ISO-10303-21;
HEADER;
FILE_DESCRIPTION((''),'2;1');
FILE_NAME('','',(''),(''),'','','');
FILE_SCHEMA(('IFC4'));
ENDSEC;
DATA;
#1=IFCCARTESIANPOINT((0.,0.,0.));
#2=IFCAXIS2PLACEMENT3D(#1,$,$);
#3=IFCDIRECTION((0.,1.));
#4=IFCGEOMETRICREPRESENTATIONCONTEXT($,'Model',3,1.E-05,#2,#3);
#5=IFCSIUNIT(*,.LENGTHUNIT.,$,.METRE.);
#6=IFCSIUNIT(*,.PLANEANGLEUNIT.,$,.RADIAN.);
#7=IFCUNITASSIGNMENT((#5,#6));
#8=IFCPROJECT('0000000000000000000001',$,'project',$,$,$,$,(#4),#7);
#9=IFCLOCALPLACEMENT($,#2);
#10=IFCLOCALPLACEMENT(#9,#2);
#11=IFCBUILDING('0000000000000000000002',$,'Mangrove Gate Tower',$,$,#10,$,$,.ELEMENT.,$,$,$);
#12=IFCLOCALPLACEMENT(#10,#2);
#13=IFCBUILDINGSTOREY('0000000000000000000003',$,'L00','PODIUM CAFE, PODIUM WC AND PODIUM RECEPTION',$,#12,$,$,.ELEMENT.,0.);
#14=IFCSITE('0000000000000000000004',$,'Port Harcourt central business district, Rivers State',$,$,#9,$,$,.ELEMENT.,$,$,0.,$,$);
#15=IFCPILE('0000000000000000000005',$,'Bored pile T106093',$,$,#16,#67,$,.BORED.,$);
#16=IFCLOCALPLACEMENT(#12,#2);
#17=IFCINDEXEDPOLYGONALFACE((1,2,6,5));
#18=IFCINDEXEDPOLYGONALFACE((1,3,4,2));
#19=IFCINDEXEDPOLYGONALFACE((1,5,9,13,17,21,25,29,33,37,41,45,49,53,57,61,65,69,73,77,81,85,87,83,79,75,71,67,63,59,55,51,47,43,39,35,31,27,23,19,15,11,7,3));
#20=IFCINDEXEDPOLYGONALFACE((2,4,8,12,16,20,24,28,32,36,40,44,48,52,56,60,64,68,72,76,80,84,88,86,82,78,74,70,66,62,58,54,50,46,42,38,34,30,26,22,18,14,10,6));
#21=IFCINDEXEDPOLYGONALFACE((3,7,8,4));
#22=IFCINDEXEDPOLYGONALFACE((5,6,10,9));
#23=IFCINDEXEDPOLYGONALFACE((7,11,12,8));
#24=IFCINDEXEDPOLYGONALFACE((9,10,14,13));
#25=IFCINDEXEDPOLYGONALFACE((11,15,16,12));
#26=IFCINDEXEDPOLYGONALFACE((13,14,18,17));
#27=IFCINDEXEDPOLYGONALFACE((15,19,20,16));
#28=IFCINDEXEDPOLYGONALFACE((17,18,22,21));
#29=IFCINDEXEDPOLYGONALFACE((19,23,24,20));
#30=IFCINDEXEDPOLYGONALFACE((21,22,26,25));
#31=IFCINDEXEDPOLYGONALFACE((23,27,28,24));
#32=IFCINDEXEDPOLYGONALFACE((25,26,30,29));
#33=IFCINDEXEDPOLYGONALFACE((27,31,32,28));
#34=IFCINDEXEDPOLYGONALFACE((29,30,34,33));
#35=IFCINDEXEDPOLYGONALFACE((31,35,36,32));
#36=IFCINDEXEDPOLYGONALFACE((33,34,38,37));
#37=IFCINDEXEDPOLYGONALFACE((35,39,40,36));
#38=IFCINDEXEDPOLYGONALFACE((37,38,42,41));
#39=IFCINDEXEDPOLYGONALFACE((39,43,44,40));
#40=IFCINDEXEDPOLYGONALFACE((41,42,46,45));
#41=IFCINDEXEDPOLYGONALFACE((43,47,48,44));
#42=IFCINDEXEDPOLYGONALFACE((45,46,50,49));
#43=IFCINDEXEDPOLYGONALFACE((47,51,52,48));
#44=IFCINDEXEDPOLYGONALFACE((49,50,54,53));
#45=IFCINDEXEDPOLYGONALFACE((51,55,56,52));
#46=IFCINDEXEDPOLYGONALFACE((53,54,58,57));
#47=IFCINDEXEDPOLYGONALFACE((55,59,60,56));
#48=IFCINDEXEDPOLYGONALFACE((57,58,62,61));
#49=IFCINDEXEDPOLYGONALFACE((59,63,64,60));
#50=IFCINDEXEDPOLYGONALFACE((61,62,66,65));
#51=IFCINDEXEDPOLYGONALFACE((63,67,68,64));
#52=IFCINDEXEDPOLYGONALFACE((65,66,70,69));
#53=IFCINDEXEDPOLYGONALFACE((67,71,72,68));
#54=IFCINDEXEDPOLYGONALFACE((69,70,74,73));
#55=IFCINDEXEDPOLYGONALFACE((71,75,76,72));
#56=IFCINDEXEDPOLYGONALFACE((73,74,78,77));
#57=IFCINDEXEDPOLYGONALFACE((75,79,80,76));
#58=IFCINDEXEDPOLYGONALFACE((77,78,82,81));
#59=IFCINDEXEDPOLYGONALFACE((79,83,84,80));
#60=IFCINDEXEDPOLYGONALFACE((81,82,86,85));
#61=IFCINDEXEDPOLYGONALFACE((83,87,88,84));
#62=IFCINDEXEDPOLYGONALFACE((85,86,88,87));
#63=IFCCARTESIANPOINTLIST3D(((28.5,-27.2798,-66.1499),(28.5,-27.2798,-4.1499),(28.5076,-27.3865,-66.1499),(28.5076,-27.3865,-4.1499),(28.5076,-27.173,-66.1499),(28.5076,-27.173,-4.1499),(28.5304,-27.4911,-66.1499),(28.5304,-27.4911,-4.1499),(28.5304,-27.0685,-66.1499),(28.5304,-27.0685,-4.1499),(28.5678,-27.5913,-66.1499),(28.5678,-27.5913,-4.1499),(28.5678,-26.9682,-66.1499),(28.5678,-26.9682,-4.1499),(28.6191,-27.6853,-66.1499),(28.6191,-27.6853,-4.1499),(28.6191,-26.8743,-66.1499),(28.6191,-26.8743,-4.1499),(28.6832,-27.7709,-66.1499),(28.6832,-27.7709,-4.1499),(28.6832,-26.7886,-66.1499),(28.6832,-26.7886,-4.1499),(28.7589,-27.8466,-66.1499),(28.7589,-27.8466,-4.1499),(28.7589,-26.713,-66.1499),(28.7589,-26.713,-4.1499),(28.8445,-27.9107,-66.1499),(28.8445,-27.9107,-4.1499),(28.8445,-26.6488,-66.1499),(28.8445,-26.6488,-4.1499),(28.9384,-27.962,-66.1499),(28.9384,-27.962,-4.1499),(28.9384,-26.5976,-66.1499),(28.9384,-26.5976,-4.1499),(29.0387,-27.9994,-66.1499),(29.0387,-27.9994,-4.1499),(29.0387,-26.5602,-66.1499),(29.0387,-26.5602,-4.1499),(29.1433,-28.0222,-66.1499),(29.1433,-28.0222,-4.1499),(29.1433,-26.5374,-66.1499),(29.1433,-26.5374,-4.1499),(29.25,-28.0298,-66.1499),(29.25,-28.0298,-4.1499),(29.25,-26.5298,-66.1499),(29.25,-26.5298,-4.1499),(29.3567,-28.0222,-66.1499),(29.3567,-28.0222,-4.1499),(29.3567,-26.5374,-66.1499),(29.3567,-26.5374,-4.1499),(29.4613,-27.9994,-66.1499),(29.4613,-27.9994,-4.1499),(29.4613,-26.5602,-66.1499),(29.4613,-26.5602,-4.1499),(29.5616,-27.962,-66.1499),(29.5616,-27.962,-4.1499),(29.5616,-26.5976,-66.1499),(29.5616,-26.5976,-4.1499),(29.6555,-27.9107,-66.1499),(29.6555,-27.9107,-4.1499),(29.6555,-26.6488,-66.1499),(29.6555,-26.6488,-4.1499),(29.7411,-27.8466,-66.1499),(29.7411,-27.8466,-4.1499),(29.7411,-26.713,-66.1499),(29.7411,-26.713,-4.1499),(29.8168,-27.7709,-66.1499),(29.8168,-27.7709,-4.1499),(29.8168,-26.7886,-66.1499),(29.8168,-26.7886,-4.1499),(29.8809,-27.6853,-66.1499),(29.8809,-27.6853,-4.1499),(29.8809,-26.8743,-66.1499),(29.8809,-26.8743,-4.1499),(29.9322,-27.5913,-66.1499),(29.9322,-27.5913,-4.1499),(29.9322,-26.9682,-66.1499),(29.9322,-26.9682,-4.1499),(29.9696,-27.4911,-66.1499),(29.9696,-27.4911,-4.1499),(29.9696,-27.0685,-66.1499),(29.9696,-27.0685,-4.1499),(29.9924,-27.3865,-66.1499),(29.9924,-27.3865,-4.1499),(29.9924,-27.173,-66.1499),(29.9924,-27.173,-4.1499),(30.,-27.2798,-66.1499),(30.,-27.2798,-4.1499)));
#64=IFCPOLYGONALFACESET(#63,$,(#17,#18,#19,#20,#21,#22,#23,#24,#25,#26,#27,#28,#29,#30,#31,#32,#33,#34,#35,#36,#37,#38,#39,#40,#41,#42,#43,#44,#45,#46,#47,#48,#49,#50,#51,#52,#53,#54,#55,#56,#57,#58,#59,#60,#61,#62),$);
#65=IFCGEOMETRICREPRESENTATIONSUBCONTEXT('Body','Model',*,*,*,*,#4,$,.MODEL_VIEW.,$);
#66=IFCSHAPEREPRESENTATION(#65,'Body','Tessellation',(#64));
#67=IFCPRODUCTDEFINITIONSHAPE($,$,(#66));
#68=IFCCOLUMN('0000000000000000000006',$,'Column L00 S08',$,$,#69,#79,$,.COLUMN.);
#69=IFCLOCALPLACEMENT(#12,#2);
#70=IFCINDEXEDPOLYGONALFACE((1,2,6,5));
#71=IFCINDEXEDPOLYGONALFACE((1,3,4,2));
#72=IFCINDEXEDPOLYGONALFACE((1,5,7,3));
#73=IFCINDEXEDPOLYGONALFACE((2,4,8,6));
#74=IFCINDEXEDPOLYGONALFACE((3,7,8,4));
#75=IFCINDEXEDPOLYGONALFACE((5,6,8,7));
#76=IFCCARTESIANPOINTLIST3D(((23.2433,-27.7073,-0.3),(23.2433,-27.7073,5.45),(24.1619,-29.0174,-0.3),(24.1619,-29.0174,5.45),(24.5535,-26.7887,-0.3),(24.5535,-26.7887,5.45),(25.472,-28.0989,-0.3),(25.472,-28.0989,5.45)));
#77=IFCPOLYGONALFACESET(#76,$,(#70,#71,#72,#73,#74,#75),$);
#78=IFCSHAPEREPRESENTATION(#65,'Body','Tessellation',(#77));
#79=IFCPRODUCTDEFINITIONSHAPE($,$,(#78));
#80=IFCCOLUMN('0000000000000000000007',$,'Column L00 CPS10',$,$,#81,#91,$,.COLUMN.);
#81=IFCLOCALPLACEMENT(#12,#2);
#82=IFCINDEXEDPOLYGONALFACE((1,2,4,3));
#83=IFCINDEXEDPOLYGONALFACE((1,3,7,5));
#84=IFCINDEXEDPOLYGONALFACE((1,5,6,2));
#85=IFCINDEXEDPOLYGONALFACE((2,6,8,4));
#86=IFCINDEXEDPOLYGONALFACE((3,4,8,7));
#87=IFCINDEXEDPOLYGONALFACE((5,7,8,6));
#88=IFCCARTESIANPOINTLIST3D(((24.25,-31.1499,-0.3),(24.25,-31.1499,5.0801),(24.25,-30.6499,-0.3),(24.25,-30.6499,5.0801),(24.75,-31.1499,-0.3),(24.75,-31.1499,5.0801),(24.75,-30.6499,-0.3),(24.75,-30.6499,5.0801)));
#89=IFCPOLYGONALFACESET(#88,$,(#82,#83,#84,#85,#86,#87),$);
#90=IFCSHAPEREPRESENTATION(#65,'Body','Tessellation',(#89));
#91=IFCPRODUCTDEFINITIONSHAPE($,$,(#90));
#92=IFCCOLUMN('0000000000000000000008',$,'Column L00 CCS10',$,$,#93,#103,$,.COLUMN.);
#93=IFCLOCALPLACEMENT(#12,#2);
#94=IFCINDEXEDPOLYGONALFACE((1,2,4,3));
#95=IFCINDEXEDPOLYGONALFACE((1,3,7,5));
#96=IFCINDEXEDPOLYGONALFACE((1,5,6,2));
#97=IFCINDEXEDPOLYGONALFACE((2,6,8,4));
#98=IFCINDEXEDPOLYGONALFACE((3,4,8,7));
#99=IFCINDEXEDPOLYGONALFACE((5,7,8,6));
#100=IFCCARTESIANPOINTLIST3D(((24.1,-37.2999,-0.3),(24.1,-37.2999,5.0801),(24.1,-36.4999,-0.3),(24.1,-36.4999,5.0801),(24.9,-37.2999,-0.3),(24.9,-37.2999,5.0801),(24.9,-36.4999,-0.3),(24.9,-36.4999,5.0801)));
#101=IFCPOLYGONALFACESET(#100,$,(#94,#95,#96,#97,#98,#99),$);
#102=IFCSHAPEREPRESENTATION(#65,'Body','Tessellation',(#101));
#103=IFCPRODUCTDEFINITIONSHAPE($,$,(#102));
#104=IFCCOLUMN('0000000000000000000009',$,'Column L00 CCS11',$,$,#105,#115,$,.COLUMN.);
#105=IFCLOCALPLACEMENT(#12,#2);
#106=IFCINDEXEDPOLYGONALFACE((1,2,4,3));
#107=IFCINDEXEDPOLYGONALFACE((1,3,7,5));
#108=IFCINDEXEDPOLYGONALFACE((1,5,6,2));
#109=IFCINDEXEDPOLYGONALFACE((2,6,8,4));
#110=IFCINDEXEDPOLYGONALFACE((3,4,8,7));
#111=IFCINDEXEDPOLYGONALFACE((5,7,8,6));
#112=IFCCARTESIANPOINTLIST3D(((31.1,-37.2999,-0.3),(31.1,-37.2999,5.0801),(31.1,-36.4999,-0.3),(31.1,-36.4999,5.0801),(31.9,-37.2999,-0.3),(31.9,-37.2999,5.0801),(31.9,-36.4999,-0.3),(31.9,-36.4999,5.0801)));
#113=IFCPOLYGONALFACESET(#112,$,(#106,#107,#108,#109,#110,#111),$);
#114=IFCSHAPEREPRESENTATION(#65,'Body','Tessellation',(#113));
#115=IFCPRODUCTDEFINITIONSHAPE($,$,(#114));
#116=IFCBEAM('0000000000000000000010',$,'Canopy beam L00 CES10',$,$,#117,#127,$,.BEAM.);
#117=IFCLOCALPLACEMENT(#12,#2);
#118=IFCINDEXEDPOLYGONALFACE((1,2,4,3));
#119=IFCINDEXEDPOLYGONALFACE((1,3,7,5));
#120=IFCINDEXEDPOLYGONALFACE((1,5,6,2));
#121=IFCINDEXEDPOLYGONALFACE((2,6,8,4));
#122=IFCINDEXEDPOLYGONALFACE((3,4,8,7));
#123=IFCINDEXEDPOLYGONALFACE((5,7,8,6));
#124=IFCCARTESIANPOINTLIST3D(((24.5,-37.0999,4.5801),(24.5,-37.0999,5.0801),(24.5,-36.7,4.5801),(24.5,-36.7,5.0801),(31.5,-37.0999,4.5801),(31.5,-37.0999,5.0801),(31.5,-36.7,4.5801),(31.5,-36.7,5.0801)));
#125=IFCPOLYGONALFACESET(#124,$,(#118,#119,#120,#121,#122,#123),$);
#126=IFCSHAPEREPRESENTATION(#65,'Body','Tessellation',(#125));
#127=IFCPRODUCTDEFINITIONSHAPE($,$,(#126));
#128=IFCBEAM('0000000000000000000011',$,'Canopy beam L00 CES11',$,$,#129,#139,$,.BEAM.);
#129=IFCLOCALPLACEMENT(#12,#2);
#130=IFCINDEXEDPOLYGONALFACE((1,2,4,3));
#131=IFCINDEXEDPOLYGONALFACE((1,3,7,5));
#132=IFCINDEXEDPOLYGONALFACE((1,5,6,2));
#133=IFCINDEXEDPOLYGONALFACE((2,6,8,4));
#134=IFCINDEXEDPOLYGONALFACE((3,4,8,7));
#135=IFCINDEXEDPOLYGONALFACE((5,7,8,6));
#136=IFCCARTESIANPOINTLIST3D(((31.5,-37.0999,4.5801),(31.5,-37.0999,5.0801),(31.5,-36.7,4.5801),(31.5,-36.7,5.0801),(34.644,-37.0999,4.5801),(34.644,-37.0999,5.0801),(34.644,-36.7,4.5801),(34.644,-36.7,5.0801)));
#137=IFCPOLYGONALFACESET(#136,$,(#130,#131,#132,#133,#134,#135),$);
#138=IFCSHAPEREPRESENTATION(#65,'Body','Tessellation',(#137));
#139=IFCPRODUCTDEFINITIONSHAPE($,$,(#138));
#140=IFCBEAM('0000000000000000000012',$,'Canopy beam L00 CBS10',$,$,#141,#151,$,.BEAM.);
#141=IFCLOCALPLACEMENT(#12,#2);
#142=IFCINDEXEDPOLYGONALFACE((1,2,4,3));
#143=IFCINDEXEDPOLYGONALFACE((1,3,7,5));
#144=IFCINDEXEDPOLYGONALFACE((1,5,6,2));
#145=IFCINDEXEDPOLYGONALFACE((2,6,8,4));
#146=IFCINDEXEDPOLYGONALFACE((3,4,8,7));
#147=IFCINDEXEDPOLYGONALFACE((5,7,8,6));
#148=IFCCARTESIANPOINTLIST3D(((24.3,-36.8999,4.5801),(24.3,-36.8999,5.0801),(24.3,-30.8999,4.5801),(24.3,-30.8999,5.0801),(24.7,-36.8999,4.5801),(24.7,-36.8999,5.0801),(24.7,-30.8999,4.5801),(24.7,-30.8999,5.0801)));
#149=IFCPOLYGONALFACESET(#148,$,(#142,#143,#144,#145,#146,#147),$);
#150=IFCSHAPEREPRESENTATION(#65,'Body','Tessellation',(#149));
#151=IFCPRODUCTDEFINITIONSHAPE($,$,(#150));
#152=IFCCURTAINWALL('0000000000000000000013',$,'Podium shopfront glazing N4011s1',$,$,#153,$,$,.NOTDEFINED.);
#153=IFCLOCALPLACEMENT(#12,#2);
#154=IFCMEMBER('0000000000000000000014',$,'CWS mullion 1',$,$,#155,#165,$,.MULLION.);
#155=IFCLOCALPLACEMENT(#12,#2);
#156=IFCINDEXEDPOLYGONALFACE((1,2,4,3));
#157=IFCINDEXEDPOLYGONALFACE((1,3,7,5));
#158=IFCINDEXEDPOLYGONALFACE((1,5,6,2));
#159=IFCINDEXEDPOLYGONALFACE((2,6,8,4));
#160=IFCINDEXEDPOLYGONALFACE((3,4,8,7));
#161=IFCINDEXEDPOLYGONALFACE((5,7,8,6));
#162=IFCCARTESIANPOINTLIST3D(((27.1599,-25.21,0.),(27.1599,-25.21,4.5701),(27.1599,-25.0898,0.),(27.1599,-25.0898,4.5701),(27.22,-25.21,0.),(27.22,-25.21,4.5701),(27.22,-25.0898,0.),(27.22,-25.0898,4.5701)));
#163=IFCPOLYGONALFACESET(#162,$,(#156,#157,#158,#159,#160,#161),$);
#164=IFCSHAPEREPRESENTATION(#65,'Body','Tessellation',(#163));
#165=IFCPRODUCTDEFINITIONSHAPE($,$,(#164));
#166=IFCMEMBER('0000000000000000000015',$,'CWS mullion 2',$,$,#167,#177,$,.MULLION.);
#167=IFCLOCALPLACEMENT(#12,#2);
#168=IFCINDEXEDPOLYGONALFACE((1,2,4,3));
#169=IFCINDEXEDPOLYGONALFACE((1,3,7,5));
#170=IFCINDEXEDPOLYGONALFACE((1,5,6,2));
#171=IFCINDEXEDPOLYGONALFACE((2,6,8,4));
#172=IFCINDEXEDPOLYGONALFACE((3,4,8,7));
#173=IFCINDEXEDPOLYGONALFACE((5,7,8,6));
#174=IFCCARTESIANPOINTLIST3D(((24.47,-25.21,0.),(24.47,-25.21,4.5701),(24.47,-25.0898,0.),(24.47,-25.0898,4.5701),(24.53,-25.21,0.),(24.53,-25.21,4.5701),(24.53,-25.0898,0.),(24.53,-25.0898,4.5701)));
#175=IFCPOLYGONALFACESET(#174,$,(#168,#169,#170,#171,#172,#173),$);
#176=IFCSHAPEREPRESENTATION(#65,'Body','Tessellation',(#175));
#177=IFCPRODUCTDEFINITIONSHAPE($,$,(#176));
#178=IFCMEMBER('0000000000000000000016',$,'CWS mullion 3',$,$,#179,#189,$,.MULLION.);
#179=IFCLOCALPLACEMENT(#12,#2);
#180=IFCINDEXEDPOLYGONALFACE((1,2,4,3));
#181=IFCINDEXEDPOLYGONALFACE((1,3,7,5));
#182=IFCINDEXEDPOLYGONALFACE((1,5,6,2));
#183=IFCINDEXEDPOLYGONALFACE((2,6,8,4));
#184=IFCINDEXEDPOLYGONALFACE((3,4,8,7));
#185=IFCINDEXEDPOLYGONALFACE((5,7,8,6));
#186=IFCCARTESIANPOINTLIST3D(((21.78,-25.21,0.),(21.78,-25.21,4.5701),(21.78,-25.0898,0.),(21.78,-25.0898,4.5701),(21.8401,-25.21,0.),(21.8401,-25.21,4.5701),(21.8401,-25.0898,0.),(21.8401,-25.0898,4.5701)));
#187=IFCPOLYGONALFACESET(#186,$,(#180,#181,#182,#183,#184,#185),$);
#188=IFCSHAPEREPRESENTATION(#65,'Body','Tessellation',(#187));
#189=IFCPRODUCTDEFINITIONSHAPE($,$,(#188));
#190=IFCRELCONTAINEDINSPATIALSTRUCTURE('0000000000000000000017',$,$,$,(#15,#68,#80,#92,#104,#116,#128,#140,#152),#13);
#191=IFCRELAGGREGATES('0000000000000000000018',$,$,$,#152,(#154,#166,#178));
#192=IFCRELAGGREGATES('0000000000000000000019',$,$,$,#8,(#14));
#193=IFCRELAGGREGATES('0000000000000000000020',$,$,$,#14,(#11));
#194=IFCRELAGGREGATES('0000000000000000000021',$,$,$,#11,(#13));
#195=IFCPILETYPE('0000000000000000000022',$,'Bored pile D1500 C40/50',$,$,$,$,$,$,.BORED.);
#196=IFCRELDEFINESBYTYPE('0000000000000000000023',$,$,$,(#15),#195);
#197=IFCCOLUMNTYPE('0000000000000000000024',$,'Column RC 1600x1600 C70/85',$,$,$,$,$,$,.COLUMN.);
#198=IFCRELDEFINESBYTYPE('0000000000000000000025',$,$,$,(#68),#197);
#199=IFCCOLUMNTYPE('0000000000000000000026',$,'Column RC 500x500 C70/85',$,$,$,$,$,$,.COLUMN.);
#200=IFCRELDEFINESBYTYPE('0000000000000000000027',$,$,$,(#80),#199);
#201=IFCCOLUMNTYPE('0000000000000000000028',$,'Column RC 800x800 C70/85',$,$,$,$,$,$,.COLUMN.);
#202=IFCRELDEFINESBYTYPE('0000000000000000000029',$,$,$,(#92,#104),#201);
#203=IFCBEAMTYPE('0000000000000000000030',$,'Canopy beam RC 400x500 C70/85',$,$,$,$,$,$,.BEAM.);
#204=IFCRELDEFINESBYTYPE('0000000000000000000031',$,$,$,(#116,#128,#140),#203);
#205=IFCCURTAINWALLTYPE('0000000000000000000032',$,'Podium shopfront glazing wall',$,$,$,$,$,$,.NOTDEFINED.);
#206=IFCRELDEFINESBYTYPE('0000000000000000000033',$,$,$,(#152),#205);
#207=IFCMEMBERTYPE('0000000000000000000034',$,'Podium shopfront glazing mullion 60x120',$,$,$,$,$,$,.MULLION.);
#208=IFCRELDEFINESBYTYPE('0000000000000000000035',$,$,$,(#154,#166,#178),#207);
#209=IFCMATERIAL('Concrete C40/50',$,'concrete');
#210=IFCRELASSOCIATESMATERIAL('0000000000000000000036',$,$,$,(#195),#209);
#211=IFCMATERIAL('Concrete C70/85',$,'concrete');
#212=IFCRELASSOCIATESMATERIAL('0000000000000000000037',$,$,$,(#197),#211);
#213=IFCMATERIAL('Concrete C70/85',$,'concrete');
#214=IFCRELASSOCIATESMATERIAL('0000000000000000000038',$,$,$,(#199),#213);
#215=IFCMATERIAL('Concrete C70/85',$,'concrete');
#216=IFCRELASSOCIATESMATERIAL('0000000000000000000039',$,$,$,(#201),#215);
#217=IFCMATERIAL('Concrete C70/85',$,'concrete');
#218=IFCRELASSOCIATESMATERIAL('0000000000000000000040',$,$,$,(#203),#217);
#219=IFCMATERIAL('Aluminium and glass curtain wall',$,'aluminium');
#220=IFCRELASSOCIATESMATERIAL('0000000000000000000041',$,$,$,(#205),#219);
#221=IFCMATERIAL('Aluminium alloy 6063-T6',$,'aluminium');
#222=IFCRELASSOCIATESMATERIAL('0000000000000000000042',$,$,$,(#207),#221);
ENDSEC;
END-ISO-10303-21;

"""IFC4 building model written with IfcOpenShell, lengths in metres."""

from ifc_helpers import new_model, si_unit, direction, frame, origin, origin_2d, place, context, subcontext, project, spatial, rectangle, circle, extrude, material, material_profile, profile_set, type_object, element, aggregate, save


model = new_model("IFC4")

# Units and contexts
model_context = context("Model", 3, precision=1e-05, world=origin(), true_north=direction((0.0, 1.0)))
body_context = subcontext(model_context, "Body", "Model", "MODEL_VIEW")
ifc_project = project(units=[si_unit("LENGTHUNIT", "METRE"), si_unit("PLANEANGLEUNIT", "RADIAN")], contexts=[model_context])

# Site, building, storey
site_placement = place(None, origin())
site = spatial("IfcSite", under=ifc_project, at=site_placement, Name="Port Harcourt central business district, Rivers State", CompositionType="ELEMENT", RefElevation=0.0)
building_placement = place(site_placement, origin())
building = spatial("IfcBuilding", under=site, at=building_placement, Name="Mangrove Gate Tower", CompositionType="ELEMENT")
storey_placement = place(building_placement, origin())
storey = spatial("IfcBuildingStorey", under=building, at=storey_placement, Name="L00", Description="PODIUM CAFE, PODIUM WC AND PODIUM RECEPTION", CompositionType="ELEMENT", Elevation=0.0)

# Pile
ifc_material_1 = material(Name="Concrete C40/50", Category="concrete")
ifc_material_profile_1 = material_profile(ifc_material_1, circle(Radius=0.75, at=origin_2d()))
ifc_profile_set_1 = profile_set([ifc_material_profile_1], Name="Concrete C40/50")
pile_type = type_object("IfcPileType", Name="Bored pile D1500 C40/50", PredefinedType="BORED", material=ifc_profile_set_1)
for number, where, z_axis, x_axis, name in (
    (1, (29.25, -27.2798, -4.1499), (0.0, 0.0, -1.0), (1.0, 0.0, 0.0), "Bored pile T106093"),
):
    element("IfcPile", number, at=place(storey_placement, frame(where, z_axis=z_axis, x_axis=x_axis)), inside=storey, type_object=pile_type, Name=name, PredefinedType="BORED", context=body_context, shape_type="SweptSolid", body=[
        extrude(circle(Radius=0.75, at=origin_2d()), origin(), (0.0, 0.0, 1.0), 62.0),
    ])

# Columns
ifc_material_2 = material(Name="Concrete C70/85", Category="concrete")
ifc_material_profile_2 = material_profile(ifc_material_2, rectangle(XDim=1.6001, YDim=1.6001, at=origin_2d()))
ifc_profile_set_2 = profile_set([ifc_material_profile_2], Name="Concrete C70/85")
column_type_1 = type_object("IfcColumnType", Name="Column RC 1600x1600 C70/85", PredefinedType="COLUMN", material=ifc_profile_set_2)
column_1_placement = place(storey_placement, frame((24.3577, -27.9031, -0.3), z_axis=(0.0, 0.0, 1.0), x_axis=(0.818799, 0.574081, 0.0)))
element("IfcColumn", 2, at=column_1_placement, inside=storey, type_object=column_type_1, Name="Column L00 S08", PredefinedType="COLUMN", context=body_context, shape_type="SweptSolid", body=[
    extrude(rectangle(XDim=1.6001, YDim=1.6001, at=origin_2d()), origin(), (0.0, 0.0, 1.0), 5.75),
])
ifc_material_3 = material(Name="Concrete C70/85", Category="concrete")
ifc_material_profile_3 = material_profile(ifc_material_3, rectangle(XDim=0.5, YDim=0.5, at=origin_2d()))
ifc_profile_set_3 = profile_set([ifc_material_profile_3], Name="Concrete C70/85")
column_type_2 = type_object("IfcColumnType", Name="Column RC 500x500 C70/85", PredefinedType="COLUMN", material=ifc_profile_set_3)
column_2_placement = place(storey_placement, frame((24.5, -30.8999, -0.3), z_axis=(0.0, 0.0, 1.0), x_axis=(1.0, 0.0, 0.0)))
element("IfcColumn", 3, at=column_2_placement, inside=storey, type_object=column_type_2, Name="Column L00 CPS10", PredefinedType="COLUMN", context=body_context, shape_type="SweptSolid", body=[
    extrude(rectangle(XDim=0.5, YDim=0.5, at=origin_2d()), origin(), (0.0, 0.0, 1.0), 5.3801),
])
ifc_material_4 = material(Name="Concrete C70/85", Category="concrete")
ifc_material_profile_4 = material_profile(ifc_material_4, rectangle(XDim=0.8, YDim=0.8, at=origin_2d()))
ifc_profile_set_4 = profile_set([ifc_material_profile_4], Name="Concrete C70/85")
column_type_3 = type_object("IfcColumnType", Name="Column RC 800x800 C70/85", PredefinedType="COLUMN", material=ifc_profile_set_4)
for number, where, z_axis, x_axis, name in (
    (4, (24.5, -36.8999, -0.3), (0.0, 0.0, 1.0), (1.0, 0.0, 0.0), "Column L00 CCS10"),
    (5, (31.5, -36.8999, -0.3), (0.0, 0.0, 1.0), (1.0, 0.0, 0.0), "Column L00 CCS11"),
):
    element("IfcColumn", number, at=place(storey_placement, frame(where, z_axis=z_axis, x_axis=x_axis)), inside=storey, type_object=column_type_3, Name=name, PredefinedType="COLUMN", context=body_context, shape_type="SweptSolid", body=[
        extrude(rectangle(XDim=0.8, YDim=0.8, at=origin_2d()), origin(), (0.0, 0.0, 1.0), 5.3801),
    ])

# Beams
ifc_material_5 = material(Name="Concrete C70/85", Category="concrete")
ifc_material_profile_5 = material_profile(ifc_material_5, rectangle(XDim=0.3999, YDim=0.5, at=origin_2d()))
ifc_profile_set_5 = profile_set([ifc_material_profile_5], Name="Concrete C70/85")
beam_type = type_object("IfcBeamType", Name="Canopy beam RC 400x500 C70/85", PredefinedType="BEAM", material=ifc_profile_set_5)
beam_1_placement = place(storey_placement, frame((24.5, -36.8999, 4.8301), z_axis=(1.0, 0.0, 0.0), x_axis=(0.0, 1.0, 0.0)))
element("IfcBeam", 6, at=beam_1_placement, inside=storey, type_object=beam_type, Name="Canopy beam L00 CES10", PredefinedType="BEAM", context=body_context, shape_type="SweptSolid", body=[
    extrude(rectangle(XDim=0.3999, YDim=0.5, at=origin_2d()), origin(), (0.0, 0.0, 1.0), 7.0),
])
beam_2_placement = place(storey_placement, frame((31.5, -36.8999, 4.8301), z_axis=(1.0, 0.0, 0.0), x_axis=(0.0, 1.0, 0.0)))
element("IfcBeam", 7, at=beam_2_placement, inside=storey, type_object=beam_type, Name="Canopy beam L00 CES11", PredefinedType="BEAM", context=body_context, shape_type="SweptSolid", body=[
    extrude(rectangle(XDim=0.3999, YDim=0.5, at=origin_2d()), origin(), (0.0, 0.0, 1.0), 3.144),
])
beam_3_placement = place(storey_placement, frame((24.5, -30.8999, 4.8301), z_axis=(0.0, -1.0, 0.0), x_axis=(1.0, 0.0, 0.0)))
element("IfcBeam", 8, at=beam_3_placement, inside=storey, type_object=beam_type, Name="Canopy beam L00 CBS10", PredefinedType="BEAM", context=body_context, shape_type="SweptSolid", body=[
    extrude(rectangle(XDim=0.3999, YDim=0.5, at=origin_2d()), origin(), (0.0, 0.0, 1.0), 6.0),
])

# Curtain wall, members
ifc_material_6 = material(Name="Aluminium and glass curtain wall", Category="aluminium")
curtain_wall_type = type_object("IfcCurtainWallType", Name="Podium shopfront glazing wall", PredefinedType="NOTDEFINED", material=ifc_material_6)
curtain_wall_1_placement = place(storey_placement, origin())
curtain_wall_1 = element("IfcCurtainWall", 9, at=curtain_wall_1_placement, inside=storey, type_object=curtain_wall_type, Name="Podium shopfront glazing N4011s1", PredefinedType="NOTDEFINED")
ifc_material_7 = material(Name="Aluminium alloy 6063-T6", Category="aluminium")
ifc_material_profile_6 = material_profile(ifc_material_7, rectangle(XDim=0.0601, YDim=0.1201, at=origin_2d()))
ifc_profile_set_6 = profile_set([ifc_material_profile_6], Name="Aluminium alloy 6063-T6")
member_type_1 = type_object("IfcMemberType", Name="Podium shopfront glazing mullion 60x120", PredefinedType="MULLION", material=ifc_profile_set_6)
member_1_placement = place(storey_placement, frame((27.1899, -25.1499, 0.0), z_axis=(0.0, 0.0, 1.0), x_axis=(-1.0, 0.0, 0.0)))
member_1 = element("IfcMember", 10, at=member_1_placement, type_object=member_type_1, Name="CWS mullion 1", PredefinedType="MULLION", context=body_context, shape_type="SweptSolid", body=[
    extrude(rectangle(XDim=0.0601, YDim=0.1201, at=origin_2d()), origin(), (0.0, 0.0, 1.0), 4.5701),
])
member_2_placement = place(storey_placement, frame((24.5, -25.1499, 0.0), z_axis=(0.0, 0.0, 1.0), x_axis=(-1.0, 0.0, 0.0)))
member_2 = element("IfcMember", 11, at=member_2_placement, type_object=member_type_1, Name="CWS mullion 2", PredefinedType="MULLION", context=body_context, shape_type="SweptSolid", body=[
    extrude(rectangle(XDim=0.0601, YDim=0.1201, at=origin_2d()), origin(), (0.0, 0.0, 1.0), 4.5701),
])
member_3_placement = place(storey_placement, frame((21.8101, -25.1499, 0.0), z_axis=(0.0, 0.0, 1.0), x_axis=(-1.0, 0.0, 0.0)))
member_3 = element("IfcMember", 12, at=member_3_placement, type_object=member_type_1, Name="CWS mullion 3", PredefinedType="MULLION", context=body_context, shape_type="SweptSolid", body=[
    extrude(rectangle(XDim=0.0601, YDim=0.1201, at=origin_2d()), origin(), (0.0, 0.0, 1.0), 4.5701),
])

aggregate(curtain_wall_1, [member_1, member_2, member_3])

save(model, "model.ifc")
